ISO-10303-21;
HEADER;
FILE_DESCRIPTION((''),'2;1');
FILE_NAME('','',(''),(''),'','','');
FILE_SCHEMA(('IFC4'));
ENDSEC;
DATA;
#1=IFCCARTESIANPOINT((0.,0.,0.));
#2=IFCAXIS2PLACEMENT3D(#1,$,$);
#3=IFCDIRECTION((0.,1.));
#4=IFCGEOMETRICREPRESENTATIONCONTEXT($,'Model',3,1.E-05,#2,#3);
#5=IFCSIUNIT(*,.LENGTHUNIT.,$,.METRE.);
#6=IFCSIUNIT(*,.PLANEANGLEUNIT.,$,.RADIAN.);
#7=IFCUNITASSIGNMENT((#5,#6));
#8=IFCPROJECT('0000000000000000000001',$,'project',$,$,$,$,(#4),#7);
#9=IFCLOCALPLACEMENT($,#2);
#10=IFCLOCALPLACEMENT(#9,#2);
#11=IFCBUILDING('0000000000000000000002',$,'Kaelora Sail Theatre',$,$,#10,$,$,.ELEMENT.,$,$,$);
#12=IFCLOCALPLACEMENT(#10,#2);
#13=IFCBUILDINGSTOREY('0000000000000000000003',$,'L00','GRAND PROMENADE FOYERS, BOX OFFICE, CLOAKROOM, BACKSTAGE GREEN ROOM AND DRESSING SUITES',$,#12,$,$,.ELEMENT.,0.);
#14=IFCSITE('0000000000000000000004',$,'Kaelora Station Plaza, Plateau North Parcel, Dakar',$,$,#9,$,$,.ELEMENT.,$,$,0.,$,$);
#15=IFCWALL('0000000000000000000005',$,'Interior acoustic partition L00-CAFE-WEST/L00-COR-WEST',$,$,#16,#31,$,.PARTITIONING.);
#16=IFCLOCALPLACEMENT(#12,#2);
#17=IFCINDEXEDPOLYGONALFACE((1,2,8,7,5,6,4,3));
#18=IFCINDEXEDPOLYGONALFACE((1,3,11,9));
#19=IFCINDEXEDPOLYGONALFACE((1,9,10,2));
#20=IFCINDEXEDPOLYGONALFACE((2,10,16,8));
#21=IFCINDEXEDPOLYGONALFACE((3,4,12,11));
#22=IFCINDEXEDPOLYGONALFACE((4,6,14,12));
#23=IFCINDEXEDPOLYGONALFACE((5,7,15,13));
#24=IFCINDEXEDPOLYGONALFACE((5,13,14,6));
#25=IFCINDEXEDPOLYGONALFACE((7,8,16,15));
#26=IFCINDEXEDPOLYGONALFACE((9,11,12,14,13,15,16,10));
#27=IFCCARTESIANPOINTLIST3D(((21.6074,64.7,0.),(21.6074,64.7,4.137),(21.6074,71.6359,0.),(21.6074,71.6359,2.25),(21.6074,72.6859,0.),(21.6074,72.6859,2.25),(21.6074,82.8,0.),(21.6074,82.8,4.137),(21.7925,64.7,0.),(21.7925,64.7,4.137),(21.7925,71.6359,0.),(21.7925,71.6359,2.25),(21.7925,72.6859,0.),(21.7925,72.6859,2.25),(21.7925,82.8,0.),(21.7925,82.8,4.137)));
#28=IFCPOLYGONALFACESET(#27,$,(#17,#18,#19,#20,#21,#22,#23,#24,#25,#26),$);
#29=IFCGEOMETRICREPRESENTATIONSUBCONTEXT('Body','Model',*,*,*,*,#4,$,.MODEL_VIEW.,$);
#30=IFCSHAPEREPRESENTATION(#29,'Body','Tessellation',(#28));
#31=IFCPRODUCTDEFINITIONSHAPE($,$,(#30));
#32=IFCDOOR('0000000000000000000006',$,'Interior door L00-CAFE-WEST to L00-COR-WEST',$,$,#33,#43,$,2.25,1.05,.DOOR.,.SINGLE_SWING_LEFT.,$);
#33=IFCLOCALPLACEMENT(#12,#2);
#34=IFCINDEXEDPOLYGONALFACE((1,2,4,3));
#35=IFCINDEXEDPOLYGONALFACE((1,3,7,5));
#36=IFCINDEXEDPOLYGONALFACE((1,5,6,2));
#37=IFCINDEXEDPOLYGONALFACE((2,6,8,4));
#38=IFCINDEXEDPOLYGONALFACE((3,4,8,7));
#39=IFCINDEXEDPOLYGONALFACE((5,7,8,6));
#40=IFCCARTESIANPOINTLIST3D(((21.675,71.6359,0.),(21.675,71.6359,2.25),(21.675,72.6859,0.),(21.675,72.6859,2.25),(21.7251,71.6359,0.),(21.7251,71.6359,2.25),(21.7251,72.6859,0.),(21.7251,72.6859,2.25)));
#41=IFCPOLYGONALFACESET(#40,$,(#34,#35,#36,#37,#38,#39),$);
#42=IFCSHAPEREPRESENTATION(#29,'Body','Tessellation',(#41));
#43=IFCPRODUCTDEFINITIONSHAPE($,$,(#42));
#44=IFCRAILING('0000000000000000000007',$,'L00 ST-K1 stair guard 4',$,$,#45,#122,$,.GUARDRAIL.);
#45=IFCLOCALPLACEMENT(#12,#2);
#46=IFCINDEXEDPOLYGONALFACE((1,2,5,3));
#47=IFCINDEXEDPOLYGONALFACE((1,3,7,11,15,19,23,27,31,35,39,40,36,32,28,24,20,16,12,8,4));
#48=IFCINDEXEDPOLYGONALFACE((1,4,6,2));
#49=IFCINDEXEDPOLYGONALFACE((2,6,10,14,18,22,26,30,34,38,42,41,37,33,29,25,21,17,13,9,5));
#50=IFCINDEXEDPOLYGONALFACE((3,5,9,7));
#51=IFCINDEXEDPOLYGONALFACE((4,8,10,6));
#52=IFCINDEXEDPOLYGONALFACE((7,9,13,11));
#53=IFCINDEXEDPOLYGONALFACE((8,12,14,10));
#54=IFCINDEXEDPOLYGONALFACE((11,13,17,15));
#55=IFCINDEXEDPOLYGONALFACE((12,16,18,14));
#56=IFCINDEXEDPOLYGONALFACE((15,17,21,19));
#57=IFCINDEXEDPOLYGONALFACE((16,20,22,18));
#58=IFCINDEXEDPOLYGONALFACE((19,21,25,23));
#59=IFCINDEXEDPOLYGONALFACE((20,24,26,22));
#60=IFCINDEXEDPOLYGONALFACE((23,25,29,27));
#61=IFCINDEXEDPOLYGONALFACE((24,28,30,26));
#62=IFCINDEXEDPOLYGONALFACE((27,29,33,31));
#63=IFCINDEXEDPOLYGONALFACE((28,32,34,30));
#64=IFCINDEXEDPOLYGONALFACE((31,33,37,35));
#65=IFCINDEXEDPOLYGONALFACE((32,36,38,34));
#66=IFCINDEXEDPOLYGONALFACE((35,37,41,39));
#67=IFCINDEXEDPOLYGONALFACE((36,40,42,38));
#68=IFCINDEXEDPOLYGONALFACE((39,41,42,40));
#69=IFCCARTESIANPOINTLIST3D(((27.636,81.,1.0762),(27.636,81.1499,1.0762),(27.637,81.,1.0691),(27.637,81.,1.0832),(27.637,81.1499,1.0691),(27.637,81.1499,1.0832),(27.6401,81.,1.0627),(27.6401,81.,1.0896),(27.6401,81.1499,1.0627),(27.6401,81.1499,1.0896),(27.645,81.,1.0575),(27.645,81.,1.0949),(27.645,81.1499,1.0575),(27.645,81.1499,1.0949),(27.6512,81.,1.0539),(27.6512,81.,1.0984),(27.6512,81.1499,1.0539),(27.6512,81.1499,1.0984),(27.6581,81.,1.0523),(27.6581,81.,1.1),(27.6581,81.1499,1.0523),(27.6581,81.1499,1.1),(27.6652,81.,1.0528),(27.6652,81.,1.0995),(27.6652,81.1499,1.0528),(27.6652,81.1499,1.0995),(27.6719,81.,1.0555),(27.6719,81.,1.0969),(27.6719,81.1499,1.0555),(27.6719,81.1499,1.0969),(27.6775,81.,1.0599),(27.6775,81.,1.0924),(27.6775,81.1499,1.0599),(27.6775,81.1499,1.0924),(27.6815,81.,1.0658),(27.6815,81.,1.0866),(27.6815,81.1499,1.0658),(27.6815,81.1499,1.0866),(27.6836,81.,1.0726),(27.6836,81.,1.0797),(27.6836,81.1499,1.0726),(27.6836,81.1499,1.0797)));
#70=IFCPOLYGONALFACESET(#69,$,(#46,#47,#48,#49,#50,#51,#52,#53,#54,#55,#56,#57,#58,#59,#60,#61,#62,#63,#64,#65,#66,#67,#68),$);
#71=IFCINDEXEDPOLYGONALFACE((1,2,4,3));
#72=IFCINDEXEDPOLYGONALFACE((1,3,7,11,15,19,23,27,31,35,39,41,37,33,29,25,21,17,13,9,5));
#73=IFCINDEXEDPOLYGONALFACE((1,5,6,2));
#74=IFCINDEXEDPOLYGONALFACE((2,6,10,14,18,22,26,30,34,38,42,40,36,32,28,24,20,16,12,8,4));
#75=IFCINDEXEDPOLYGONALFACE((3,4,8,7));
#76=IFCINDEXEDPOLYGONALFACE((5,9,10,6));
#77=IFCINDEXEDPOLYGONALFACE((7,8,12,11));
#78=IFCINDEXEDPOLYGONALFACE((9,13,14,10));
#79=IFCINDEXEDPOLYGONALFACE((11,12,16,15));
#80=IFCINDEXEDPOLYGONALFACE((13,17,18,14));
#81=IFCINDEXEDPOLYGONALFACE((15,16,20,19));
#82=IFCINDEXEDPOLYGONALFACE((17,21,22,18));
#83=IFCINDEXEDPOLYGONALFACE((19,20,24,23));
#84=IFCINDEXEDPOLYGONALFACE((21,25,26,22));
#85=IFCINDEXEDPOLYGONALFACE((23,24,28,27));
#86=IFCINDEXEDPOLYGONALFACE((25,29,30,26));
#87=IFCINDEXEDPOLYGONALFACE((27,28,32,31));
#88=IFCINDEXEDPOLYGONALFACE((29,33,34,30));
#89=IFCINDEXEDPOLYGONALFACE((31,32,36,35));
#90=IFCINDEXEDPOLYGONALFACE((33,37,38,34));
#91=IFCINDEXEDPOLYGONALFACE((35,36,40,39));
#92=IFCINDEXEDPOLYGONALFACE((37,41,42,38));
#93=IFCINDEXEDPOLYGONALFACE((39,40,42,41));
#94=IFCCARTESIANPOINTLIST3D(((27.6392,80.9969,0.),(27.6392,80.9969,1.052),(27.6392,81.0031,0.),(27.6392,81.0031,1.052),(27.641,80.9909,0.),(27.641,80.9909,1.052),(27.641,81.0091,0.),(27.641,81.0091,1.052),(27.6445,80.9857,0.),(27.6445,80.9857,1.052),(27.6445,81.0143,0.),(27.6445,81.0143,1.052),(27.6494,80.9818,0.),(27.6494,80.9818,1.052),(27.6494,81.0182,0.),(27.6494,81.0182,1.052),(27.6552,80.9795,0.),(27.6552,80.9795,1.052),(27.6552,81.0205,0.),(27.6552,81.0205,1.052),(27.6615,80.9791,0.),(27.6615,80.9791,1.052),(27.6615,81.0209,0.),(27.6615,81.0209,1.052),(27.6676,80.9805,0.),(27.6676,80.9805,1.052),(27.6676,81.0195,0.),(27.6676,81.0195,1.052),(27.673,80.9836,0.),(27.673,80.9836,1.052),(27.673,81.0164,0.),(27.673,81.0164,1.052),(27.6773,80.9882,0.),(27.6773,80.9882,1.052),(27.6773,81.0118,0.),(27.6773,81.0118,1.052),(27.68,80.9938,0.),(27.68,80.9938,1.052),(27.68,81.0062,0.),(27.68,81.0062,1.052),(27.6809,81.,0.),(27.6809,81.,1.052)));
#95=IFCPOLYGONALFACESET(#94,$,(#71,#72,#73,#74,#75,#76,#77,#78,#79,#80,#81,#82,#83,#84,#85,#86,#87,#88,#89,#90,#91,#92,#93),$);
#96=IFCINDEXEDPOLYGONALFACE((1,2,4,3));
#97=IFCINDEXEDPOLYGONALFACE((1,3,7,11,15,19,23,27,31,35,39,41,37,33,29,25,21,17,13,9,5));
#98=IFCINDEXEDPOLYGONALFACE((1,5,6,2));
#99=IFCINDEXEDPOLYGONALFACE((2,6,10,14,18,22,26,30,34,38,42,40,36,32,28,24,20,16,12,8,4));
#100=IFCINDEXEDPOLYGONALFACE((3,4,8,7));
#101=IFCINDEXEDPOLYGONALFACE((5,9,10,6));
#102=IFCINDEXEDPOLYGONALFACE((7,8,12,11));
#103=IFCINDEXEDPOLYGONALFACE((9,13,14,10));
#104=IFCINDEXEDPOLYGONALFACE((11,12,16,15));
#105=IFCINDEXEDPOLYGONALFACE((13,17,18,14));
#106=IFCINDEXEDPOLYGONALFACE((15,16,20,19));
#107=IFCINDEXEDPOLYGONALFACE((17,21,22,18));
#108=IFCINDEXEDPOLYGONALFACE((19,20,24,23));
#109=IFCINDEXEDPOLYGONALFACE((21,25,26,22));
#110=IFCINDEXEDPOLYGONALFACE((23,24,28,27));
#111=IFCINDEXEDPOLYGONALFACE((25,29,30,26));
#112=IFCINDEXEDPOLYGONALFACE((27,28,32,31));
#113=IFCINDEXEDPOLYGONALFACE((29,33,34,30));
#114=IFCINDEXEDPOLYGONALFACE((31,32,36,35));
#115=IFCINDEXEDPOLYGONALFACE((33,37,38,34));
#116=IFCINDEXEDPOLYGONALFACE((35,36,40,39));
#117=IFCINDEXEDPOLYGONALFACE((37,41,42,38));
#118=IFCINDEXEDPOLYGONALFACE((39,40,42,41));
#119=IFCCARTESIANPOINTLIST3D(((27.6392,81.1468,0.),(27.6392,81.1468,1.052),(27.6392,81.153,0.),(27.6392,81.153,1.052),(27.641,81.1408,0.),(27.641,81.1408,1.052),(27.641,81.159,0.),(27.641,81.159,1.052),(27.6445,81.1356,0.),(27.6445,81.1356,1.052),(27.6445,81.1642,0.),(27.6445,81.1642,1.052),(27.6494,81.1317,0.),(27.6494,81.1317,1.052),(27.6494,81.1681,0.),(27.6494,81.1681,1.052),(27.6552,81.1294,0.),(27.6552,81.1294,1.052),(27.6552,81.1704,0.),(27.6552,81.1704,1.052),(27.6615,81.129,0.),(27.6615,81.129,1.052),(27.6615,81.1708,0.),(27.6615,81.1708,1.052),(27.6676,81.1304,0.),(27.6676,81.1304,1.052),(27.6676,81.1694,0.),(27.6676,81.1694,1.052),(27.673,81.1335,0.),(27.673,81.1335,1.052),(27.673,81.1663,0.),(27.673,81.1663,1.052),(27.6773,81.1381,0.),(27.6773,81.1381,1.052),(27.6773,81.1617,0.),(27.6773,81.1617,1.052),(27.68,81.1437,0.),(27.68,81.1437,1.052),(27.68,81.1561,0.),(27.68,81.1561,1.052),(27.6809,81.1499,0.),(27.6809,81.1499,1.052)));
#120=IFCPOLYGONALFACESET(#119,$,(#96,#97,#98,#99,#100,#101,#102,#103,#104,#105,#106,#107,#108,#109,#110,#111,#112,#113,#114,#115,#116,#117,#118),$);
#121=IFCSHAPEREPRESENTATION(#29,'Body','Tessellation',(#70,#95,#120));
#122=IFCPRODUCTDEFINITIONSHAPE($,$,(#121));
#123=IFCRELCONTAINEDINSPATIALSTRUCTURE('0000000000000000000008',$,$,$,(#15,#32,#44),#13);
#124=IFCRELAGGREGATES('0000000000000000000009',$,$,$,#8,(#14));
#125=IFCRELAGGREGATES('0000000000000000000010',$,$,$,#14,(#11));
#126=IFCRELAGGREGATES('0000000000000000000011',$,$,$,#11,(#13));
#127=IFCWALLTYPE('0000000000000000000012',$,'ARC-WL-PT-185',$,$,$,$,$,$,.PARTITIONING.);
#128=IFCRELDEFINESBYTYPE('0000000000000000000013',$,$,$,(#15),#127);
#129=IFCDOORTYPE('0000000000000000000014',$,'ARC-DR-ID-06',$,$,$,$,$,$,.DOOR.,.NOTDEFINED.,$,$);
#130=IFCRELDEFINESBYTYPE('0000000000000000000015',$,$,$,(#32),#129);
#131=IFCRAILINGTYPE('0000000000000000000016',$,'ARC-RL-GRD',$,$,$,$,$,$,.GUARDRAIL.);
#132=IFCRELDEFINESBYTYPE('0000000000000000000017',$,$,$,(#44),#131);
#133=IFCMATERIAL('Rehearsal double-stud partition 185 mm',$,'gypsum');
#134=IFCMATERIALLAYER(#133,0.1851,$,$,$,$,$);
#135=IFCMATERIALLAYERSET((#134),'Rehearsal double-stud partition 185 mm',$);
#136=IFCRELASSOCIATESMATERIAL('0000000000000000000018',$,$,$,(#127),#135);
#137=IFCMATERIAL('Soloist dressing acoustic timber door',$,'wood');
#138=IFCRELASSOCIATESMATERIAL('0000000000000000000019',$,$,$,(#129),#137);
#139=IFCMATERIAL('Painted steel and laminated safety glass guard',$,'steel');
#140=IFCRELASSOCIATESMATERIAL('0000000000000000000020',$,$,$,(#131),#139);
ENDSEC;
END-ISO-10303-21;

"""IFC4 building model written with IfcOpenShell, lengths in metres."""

from ifc_helpers import new_model, si_unit, direction, frame, frame_2d, origin, origin_2d, place, context, subcontext, project, spatial, rectangle, circle, extrude, material, layer, layer_set, type_object, element, fill, save


model = new_model("IFC4")

# Units and contexts
model_context = context("Model", 3, precision=1e-05, world=origin(), true_north=direction((0.0, 1.0)))
body_context = subcontext(model_context, "Body", "Model", "MODEL_VIEW")
ifc_project = project(units=[si_unit("LENGTHUNIT", "METRE"), si_unit("PLANEANGLEUNIT", "RADIAN")], contexts=[model_context])

# Site, building, storey
site_placement = place(None, origin())
site = spatial("IfcSite", under=ifc_project, at=site_placement, Name="Kaelora Station Plaza, Plateau North Parcel, Dakar", CompositionType="ELEMENT", RefElevation=0.0)
building_placement = place(site_placement, origin())
building = spatial("IfcBuilding", under=site, at=building_placement, Name="Kaelora Sail Theatre", CompositionType="ELEMENT")
storey_placement = place(building_placement, origin())
storey = spatial("IfcBuildingStorey", under=building, at=storey_placement, Name="L00", Description="GRAND PROMENADE FOYERS, BOX OFFICE, CLOAKROOM, BACKSTAGE GREEN ROOM AND DRESSING SUITES", CompositionType="ELEMENT", Elevation=0.0)

# Wall, opening, door
ifc_material_1 = material(Name="Rehearsal double-stud partition 185 mm", Category="gypsum")
ifc_layer_1 = layer(ifc_material_1, 0.1851)
ifc_layer_set_1 = layer_set([ifc_layer_1], Name="Rehearsal double-stud partition 185 mm")
wall_type_1 = type_object("IfcWallType", Name="ARC-WL-PT-185", PredefinedType="PARTITIONING", material=ifc_layer_set_1)
wall_1_placement = place(storey_placement, frame((21.7, 64.7, 0.0), z_axis=(0.0, 0.0, 1.0), x_axis=(0.0, 1.0, 0.0)))
wall_1 = element("IfcWall", 1, at=wall_1_placement, inside=storey, type_object=wall_type_1, Name="Interior acoustic partition L00-CAFE-WEST/L00-COR-WEST", PredefinedType="PARTITIONING", context=body_context, shape_type="SweptSolid", body=[
    extrude(rectangle(XDim=18.1001, YDim=0.1851, at=frame_2d((9.05, 0.0))), origin(), (0.0, 0.0, 1.0), 4.137),
])
opening_1_placement = place(wall_1_placement, frame((6.936, 0.0, 0.0)))
opening_1 = element("IfcOpeningElement", 2, at=opening_1_placement, cuts=wall_1, PredefinedType="OPENING", context=body_context, shape_type="SweptSolid", body=[
    extrude(rectangle(XDim=1.05, YDim=2.25, at=frame_2d((0.5249, 1.125))), frame((0.0, 0.1025, 0.0), z_axis=(0.0, -1.0, 0.0), x_axis=(1.0, 0.0, 0.0)), (0.0, 0.0, 1.0), 0.2051),
])
ifc_material_2 = material(Name="Soloist dressing acoustic timber door", Category="wood")
door_type_1 = type_object("IfcDoorType", Name="ARC-DR-ID-06", OperationType="NOTDEFINED", PredefinedType="DOOR", material=ifc_material_2)
door_1_placement = place(opening_1_placement, origin())
door_1 = element("IfcDoor", 3, at=door_1_placement, inside=storey, type_object=door_type_1, Name="Interior door L00-CAFE-WEST to L00-COR-WEST", OperationType="SINGLE_SWING_LEFT", OverallHeight=2.25, OverallWidth=1.05, PredefinedType="DOOR", context=body_context, shape_type="SweptSolid", body=[
    extrude(rectangle(XDim=1.05, YDim=2.25, at=frame_2d((0.5249, 1.125))), frame((0.0, 0.0249, 0.0), z_axis=(0.0, -1.0, 0.0), x_axis=(1.0, 0.0, 0.0)), (0.0, 0.0, 1.0), 0.05),
])
fill(opening_1, door_1)

# Railing
ifc_material_3 = material(Name="Painted steel and laminated safety glass guard", Category="steel")
railing_type_1 = type_object("IfcRailingType", Name="ARC-RL-GRD", PredefinedType="GUARDRAIL", material=ifc_material_3)
railing_1_placement = place(storey_placement, frame((27.6599, 81.0, 0.0)))
element("IfcRailing", 4, at=railing_1_placement, inside=storey, type_object=railing_type_1, Name="L00 ST-K1 stair guard 4", PredefinedType="GUARDRAIL", context=body_context, shape_type="SweptSolid", body=[
    extrude(circle(Radius=0.0239, at=origin_2d()), frame((0.0, 0.0, 1.0762), z_axis=(0.0, 1.0, 0.0), x_axis=(-1.0, 0.0, 0.0)), (0.0, 0.0, 1.0), 0.1499),
    extrude(circle(Radius=0.021, at=origin_2d()), origin(), (0.0, 0.0, 1.0), 1.052),
    extrude(circle(Radius=0.021, at=origin_2d()), frame((0.0, 0.1499, 0.0)), (0.0, 0.0, 1.0), 1.052),
])

save(model, "model.ifc")
